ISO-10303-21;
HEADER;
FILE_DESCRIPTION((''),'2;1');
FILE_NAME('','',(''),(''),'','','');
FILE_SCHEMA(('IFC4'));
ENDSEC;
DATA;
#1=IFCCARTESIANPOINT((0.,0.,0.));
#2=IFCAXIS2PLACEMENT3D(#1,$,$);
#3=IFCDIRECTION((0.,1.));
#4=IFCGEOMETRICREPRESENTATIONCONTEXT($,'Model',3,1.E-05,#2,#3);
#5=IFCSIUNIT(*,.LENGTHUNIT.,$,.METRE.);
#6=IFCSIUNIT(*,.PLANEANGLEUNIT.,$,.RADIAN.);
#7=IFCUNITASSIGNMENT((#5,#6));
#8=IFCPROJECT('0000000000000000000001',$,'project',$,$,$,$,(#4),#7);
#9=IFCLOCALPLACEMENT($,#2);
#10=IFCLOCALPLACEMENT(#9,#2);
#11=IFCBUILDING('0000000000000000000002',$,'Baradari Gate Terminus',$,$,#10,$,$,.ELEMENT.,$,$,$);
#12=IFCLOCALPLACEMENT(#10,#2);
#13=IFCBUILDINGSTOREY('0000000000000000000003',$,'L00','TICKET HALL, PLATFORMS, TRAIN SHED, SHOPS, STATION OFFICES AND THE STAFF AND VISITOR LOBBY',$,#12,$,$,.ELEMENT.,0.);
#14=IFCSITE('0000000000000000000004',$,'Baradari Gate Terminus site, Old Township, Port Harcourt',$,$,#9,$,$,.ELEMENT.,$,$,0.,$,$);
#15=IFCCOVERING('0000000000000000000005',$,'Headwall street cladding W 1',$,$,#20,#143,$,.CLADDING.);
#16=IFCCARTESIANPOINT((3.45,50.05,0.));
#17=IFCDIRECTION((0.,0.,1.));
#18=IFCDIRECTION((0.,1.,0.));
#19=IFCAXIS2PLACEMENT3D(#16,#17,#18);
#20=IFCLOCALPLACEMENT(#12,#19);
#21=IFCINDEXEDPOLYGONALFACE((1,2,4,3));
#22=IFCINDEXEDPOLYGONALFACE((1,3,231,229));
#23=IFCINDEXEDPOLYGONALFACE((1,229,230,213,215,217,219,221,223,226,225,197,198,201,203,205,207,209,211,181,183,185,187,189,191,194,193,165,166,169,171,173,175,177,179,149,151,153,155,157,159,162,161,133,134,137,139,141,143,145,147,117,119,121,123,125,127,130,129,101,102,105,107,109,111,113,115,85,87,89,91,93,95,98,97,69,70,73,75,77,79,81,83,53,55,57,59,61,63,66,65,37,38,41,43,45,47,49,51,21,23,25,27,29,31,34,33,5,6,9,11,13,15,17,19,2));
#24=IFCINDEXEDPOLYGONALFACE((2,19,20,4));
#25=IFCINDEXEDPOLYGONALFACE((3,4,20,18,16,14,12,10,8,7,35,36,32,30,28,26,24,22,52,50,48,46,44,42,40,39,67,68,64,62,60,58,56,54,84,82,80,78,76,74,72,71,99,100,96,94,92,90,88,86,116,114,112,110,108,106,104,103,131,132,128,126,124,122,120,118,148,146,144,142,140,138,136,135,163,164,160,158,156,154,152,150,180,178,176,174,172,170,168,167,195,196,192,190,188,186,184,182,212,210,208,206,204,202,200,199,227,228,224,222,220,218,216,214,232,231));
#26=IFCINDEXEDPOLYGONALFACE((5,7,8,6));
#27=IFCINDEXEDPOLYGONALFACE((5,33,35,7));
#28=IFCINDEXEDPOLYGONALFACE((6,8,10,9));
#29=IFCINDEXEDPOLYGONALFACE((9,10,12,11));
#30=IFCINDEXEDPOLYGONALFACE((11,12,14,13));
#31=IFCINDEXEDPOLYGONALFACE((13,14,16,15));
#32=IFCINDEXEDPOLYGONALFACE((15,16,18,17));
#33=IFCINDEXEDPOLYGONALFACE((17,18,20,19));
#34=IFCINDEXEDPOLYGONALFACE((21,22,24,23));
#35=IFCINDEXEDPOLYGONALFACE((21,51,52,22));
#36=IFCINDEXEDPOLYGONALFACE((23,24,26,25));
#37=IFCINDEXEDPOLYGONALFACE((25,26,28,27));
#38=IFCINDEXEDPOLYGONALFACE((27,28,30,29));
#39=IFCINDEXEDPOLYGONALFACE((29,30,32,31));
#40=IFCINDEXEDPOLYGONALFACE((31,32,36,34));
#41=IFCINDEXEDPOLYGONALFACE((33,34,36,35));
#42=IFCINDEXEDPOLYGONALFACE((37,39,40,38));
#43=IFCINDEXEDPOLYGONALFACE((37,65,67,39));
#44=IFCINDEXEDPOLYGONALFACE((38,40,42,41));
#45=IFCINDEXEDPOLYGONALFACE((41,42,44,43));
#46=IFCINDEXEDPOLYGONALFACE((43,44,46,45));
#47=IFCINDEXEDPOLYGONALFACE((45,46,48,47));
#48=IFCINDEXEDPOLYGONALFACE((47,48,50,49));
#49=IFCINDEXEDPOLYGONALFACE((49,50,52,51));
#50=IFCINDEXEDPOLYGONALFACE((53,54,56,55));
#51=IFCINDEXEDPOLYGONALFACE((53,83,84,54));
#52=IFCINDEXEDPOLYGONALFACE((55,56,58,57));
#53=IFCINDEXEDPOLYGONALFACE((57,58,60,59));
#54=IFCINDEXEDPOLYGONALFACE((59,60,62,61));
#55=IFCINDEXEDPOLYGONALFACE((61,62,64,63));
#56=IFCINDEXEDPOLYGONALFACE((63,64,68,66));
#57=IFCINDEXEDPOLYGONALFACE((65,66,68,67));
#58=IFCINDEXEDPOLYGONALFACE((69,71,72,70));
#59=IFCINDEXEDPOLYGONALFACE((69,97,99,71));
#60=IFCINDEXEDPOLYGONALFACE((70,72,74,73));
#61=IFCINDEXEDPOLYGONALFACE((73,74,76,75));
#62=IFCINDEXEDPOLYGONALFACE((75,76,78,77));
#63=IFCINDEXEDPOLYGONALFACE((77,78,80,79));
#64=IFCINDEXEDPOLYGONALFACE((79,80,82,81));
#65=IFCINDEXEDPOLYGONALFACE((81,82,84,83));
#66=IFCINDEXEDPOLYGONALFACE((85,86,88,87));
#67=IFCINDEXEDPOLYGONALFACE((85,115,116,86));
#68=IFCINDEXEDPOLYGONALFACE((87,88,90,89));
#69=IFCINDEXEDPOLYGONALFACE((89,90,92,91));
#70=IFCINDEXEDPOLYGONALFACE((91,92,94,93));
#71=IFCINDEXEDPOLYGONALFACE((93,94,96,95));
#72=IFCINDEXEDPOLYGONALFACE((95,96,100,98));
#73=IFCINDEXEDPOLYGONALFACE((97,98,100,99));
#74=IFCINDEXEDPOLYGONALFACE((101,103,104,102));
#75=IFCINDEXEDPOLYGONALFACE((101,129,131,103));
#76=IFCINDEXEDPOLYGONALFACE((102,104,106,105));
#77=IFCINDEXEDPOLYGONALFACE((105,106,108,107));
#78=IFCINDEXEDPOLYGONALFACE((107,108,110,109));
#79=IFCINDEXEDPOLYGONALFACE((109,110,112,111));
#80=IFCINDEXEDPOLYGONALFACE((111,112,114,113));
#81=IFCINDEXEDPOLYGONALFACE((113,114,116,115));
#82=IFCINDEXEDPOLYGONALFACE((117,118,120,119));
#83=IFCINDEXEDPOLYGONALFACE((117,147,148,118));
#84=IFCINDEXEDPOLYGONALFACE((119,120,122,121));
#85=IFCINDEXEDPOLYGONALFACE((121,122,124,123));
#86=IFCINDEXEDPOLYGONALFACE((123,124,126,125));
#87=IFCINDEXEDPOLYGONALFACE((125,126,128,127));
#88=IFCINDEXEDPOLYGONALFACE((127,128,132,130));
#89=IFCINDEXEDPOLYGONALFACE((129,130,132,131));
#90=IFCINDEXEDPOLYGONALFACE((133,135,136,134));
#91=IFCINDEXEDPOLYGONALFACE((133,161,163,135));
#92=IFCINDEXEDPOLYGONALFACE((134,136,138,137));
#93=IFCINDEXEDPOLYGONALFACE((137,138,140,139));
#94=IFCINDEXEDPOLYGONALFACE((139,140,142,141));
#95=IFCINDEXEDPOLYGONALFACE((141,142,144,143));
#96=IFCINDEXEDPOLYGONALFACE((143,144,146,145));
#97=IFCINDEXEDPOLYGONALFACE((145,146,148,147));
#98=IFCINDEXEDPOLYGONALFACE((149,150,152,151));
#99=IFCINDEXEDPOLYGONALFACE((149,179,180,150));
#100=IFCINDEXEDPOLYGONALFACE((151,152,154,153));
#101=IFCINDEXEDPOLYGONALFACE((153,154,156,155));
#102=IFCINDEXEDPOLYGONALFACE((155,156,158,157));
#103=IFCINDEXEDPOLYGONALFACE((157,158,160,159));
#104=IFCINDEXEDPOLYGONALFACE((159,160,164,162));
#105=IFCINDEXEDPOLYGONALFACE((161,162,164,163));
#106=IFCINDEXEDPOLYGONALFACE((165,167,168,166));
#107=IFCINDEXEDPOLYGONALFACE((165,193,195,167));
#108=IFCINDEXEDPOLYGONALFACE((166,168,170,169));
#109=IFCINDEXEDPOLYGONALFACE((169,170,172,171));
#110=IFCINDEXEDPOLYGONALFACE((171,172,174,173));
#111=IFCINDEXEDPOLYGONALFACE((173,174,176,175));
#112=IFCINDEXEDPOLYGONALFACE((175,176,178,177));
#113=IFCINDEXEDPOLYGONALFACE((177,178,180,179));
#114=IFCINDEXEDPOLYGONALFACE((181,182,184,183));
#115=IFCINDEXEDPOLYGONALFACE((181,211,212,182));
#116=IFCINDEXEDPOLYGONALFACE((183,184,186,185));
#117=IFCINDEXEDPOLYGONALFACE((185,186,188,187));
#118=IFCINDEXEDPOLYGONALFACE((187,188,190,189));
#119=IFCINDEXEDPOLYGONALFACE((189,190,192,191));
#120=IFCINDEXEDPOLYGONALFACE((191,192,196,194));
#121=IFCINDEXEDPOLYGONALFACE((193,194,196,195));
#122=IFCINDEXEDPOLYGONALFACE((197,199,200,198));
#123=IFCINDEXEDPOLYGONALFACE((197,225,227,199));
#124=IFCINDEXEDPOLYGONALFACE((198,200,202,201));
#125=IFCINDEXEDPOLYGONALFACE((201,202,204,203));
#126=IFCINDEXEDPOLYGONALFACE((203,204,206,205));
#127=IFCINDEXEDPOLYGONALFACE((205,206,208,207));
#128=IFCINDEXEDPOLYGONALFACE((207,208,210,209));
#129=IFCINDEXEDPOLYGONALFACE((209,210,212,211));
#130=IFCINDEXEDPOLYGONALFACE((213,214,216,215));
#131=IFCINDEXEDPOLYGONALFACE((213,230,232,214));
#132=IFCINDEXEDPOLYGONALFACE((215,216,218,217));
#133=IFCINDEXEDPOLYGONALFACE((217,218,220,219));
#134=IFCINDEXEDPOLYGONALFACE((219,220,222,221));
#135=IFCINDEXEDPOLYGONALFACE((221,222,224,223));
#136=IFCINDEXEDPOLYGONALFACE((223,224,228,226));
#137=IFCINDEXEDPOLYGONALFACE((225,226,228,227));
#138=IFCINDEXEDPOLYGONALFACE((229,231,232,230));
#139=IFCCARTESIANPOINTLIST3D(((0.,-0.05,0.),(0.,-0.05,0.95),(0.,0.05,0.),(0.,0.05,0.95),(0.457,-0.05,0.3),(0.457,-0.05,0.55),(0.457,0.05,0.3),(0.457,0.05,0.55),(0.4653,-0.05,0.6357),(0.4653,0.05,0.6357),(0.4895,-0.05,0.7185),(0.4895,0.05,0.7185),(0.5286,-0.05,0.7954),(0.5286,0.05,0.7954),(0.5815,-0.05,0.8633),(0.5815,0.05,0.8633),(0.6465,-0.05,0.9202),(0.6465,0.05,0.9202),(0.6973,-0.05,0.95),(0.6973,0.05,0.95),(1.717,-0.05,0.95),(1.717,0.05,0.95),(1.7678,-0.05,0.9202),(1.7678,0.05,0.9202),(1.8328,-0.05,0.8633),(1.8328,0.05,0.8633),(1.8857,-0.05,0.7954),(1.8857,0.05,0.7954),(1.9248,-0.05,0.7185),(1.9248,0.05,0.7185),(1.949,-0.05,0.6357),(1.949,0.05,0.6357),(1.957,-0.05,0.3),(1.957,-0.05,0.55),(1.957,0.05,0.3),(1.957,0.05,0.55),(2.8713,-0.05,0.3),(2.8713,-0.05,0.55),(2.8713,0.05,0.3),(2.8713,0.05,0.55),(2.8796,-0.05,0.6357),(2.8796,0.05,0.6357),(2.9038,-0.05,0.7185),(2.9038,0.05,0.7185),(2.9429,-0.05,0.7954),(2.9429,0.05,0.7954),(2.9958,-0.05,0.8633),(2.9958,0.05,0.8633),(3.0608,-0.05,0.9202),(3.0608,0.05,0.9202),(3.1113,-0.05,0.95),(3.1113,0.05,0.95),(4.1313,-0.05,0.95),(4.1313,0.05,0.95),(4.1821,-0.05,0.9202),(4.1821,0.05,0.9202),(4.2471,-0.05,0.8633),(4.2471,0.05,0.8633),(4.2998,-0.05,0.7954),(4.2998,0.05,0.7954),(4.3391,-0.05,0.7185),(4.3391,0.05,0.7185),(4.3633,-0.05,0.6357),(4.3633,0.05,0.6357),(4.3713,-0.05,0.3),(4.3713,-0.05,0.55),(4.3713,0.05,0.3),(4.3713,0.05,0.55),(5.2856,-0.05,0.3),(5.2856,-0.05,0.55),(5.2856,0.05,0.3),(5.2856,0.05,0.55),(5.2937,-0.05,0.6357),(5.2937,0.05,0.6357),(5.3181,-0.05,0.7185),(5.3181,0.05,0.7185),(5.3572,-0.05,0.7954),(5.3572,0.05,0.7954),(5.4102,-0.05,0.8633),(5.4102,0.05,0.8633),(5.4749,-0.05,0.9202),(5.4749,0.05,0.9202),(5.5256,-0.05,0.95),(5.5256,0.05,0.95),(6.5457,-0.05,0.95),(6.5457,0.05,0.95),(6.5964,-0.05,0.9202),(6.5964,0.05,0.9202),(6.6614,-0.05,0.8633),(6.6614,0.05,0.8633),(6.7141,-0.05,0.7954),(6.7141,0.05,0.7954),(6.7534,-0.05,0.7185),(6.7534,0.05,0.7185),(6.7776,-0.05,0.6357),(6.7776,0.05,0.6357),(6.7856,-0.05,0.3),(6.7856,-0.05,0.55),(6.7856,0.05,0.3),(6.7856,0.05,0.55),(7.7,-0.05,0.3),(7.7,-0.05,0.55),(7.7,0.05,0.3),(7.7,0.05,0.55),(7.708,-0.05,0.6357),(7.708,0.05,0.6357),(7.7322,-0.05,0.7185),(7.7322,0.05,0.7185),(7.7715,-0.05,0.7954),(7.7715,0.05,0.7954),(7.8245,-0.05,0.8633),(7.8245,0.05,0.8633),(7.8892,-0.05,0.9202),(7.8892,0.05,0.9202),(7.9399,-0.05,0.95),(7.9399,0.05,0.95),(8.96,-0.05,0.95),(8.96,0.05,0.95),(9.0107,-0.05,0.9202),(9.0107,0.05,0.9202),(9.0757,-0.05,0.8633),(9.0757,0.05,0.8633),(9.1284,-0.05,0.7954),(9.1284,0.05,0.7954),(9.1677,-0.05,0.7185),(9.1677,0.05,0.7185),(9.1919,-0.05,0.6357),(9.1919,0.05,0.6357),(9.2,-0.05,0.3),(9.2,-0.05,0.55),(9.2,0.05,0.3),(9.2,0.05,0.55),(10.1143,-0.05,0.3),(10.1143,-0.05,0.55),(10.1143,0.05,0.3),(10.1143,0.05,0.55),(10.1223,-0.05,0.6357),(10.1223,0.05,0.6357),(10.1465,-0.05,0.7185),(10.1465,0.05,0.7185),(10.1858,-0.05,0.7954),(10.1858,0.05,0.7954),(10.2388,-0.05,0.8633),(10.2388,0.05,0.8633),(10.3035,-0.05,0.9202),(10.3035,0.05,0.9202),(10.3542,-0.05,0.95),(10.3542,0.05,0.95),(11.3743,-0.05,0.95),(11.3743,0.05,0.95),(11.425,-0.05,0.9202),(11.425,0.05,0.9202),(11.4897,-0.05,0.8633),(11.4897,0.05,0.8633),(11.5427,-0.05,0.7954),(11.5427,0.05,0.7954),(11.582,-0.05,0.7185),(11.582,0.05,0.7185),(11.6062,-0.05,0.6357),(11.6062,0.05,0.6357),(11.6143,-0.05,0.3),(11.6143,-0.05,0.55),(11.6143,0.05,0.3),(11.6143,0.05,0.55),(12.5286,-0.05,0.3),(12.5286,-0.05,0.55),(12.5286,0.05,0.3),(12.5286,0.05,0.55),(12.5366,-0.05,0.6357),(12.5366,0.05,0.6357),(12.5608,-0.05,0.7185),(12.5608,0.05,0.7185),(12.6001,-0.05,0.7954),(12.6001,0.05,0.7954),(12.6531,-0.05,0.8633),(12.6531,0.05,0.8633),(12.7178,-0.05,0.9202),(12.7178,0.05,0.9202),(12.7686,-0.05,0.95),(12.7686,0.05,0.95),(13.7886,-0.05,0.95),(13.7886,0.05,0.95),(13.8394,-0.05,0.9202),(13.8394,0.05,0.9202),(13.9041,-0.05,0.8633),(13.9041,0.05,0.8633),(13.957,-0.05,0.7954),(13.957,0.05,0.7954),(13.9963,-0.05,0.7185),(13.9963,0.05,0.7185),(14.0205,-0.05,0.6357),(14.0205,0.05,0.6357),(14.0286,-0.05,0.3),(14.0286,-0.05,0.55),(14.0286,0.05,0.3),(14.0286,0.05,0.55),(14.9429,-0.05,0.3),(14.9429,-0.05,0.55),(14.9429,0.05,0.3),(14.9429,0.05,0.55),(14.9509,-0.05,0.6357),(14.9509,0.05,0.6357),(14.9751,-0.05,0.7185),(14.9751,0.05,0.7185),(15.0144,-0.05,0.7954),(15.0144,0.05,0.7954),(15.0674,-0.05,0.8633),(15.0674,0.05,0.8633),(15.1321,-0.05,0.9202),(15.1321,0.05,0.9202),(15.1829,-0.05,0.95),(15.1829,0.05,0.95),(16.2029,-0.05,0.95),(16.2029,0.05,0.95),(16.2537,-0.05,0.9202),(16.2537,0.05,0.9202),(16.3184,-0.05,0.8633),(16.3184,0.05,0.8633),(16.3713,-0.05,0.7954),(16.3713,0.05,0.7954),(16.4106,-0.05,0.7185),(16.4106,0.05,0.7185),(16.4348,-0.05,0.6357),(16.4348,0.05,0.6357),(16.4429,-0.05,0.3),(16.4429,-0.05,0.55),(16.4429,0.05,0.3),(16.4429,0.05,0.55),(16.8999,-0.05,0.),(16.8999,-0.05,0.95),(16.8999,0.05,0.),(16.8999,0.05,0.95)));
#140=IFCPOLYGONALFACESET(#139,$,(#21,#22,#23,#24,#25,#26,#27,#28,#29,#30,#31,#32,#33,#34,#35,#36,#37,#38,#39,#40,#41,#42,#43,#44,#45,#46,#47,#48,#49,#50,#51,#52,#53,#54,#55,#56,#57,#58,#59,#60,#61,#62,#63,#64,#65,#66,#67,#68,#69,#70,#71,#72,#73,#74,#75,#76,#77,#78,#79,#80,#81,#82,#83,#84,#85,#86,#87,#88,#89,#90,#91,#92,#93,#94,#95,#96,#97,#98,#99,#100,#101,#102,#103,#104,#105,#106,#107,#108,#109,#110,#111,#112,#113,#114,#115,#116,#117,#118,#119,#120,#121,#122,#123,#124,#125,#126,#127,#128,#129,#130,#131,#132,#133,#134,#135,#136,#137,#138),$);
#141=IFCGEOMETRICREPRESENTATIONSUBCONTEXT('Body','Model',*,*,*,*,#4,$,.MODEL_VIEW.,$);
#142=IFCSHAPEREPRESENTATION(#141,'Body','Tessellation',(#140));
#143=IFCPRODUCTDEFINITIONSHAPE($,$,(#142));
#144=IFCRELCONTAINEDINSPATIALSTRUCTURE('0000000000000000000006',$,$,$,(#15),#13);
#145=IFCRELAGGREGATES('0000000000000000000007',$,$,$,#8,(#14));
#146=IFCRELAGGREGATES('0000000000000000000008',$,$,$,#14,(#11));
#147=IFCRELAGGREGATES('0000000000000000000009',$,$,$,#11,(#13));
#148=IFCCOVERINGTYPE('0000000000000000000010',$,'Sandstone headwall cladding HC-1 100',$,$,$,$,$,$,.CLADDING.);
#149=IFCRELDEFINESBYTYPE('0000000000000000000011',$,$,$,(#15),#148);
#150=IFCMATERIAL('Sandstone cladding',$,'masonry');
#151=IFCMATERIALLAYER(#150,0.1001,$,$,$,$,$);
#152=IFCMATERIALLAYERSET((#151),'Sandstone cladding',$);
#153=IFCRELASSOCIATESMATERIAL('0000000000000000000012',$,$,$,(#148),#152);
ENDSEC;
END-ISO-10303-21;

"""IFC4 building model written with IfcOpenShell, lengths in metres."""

from ifc_helpers import new_model, si_unit, direction, frame, origin, place, context, subcontext, project, spatial, polyline, outline, extrude, material, layer, layer_set, type_object, element, save


model = new_model("IFC4")

# Units and contexts
model_context = context("Model", 3, precision=1e-05, world=origin(), true_north=direction((0.0, 1.0)))
body_context = subcontext(model_context, "Body", "Model", "MODEL_VIEW")
ifc_project = project(units=[si_unit("LENGTHUNIT", "METRE"), si_unit("PLANEANGLEUNIT", "RADIAN")], contexts=[model_context])

# Site, building, storey
site_placement = place(None, origin())
site = spatial("IfcSite", under=ifc_project, at=site_placement, Name="Baradari Gate Terminus site, Old Township, Port Harcourt", CompositionType="ELEMENT", RefElevation=0.0)
building_placement = place(site_placement, origin())
building = spatial("IfcBuilding", under=site, at=building_placement, Name="Baradari Gate Terminus", CompositionType="ELEMENT")
storey_placement = place(building_placement, origin())
storey = spatial("IfcBuildingStorey", under=building, at=storey_placement, Name="L00", Description="TICKET HALL, PLATFORMS, TRAIN SHED, SHOPS, STATION OFFICES AND THE STAFF AND VISITOR LOBBY", CompositionType="ELEMENT", Elevation=0.0)

# Covering
ifc_material_1 = material(Name="Sandstone cladding", Category="masonry")
ifc_layer_1 = layer(ifc_material_1, 0.1001)
ifc_layer_set_1 = layer_set([ifc_layer_1], Name="Sandstone cladding")
covering_type_1 = type_object("IfcCoveringType", Name="Sandstone headwall cladding HC-1 100", PredefinedType="CLADDING", material=ifc_layer_set_1)
covering_1_placement = place(storey_placement, frame((3.45, 50.05, 0.0), z_axis=(0.0, 0.0, 1.0), x_axis=(0.0, 1.0, 0.0)))
element("IfcCovering", 1, at=covering_1_placement, inside=storey, type_object=covering_type_1, Name="Headwall street cladding W 1", PredefinedType="CLADDING", context=body_context, shape_type="SweptSolid", body=[
    extrude(outline(polyline([(16.2029, 0.95), (16.2537, 0.9202), (16.3184, 0.8633), (16.3713, 0.7954), (16.4106, 0.7185), (16.4348, 0.6357), (16.4429, 0.55), (16.4429, 0.3), (14.9429, 0.3), (14.9429, 0.55), (14.9509, 0.6357), (14.9751, 0.7185), (15.0144, 0.7954), (15.0674, 0.8633), (15.1321, 0.9202), (15.1829, 0.95), (13.7886, 0.95), (13.8394, 0.9202), (13.9041, 0.8633), (13.957, 0.7954), (13.9963, 0.7185), (14.0205, 0.6357), (14.0286, 0.55), (14.0286, 0.3), (12.5286, 0.3), (12.5286, 0.55), (12.5366, 0.6357), (12.5608, 0.7185), (12.6001, 0.7954), (12.6531, 0.8633), (12.7178, 0.9202), (12.7686, 0.95), (11.3743, 0.95), (11.425, 0.9202), (11.4897, 0.8633), (11.5427, 0.7954), (11.582, 0.7185), (11.6062, 0.6357), (11.6143, 0.55), (11.6143, 0.3), (10.1143, 0.3), (10.1143, 0.55), (10.1223, 0.6357), (10.1465, 0.7185), (10.1858, 0.7954), (10.2388, 0.8633), (10.3035, 0.9202), (10.3542, 0.95), (8.96, 0.95), (9.0107, 0.9202), (9.0757, 0.8633), (9.1284, 0.7954), (9.1677, 0.7185), (9.1919, 0.6357), (9.2, 0.55), (9.2, 0.3), (7.7, 0.3), (7.7, 0.55), (7.708, 0.6357), (7.7322, 0.7185), (7.7715, 0.7954), (7.8245, 0.8633), (7.8892, 0.9202), (7.9399, 0.95), (6.5457, 0.95), (6.5964, 0.9202), (6.6614, 0.8633), (6.7141, 0.7954), (6.7534, 0.7185), (6.7776, 0.6357), (6.7856, 0.55), (6.7856, 0.3), (5.2856, 0.3), (5.2856, 0.55), (5.2937, 0.6357), (5.3181, 0.7185), (5.3572, 0.7954), (5.4102, 0.8633), (5.4749, 0.9202), (5.5256, 0.95), (4.1313, 0.95), (4.1821, 0.9202), (4.2471, 0.8633), (4.2998, 0.7954), (4.3391, 0.7185), (4.3633, 0.6357), (4.3713, 0.55), (4.3713, 0.3), (2.8713, 0.3), (2.8713, 0.55), (2.8796, 0.6357), (2.9038, 0.7185), (2.9429, 0.7954), (2.9958, 0.8633), (3.0608, 0.9202), (3.1113, 0.95), (1.717, 0.95), (1.7678, 0.9202), (1.8328, 0.8633), (1.8857, 0.7954), (1.9248, 0.7185), (1.949, 0.6357), (1.957, 0.55), (1.957, 0.3), (0.457, 0.3), (0.457, 0.55), (0.4653, 0.6357), (0.4895, 0.7185), (0.5286, 0.7954), (0.5815, 0.8633), (0.6465, 0.9202), (0.6973, 0.95), (0.0, 0.95), (0.0, 0.0), (16.8999, 0.0), (16.8999, 0.95), (16.2029, 0.95)])), frame((0.0, 0.05, 0.0), z_axis=(0.0, -1.0, 0.0), x_axis=(1.0, 0.0, 0.0)), (0.0, 0.0, 1.0), 0.1001),
])

save(model, "model.ifc")
